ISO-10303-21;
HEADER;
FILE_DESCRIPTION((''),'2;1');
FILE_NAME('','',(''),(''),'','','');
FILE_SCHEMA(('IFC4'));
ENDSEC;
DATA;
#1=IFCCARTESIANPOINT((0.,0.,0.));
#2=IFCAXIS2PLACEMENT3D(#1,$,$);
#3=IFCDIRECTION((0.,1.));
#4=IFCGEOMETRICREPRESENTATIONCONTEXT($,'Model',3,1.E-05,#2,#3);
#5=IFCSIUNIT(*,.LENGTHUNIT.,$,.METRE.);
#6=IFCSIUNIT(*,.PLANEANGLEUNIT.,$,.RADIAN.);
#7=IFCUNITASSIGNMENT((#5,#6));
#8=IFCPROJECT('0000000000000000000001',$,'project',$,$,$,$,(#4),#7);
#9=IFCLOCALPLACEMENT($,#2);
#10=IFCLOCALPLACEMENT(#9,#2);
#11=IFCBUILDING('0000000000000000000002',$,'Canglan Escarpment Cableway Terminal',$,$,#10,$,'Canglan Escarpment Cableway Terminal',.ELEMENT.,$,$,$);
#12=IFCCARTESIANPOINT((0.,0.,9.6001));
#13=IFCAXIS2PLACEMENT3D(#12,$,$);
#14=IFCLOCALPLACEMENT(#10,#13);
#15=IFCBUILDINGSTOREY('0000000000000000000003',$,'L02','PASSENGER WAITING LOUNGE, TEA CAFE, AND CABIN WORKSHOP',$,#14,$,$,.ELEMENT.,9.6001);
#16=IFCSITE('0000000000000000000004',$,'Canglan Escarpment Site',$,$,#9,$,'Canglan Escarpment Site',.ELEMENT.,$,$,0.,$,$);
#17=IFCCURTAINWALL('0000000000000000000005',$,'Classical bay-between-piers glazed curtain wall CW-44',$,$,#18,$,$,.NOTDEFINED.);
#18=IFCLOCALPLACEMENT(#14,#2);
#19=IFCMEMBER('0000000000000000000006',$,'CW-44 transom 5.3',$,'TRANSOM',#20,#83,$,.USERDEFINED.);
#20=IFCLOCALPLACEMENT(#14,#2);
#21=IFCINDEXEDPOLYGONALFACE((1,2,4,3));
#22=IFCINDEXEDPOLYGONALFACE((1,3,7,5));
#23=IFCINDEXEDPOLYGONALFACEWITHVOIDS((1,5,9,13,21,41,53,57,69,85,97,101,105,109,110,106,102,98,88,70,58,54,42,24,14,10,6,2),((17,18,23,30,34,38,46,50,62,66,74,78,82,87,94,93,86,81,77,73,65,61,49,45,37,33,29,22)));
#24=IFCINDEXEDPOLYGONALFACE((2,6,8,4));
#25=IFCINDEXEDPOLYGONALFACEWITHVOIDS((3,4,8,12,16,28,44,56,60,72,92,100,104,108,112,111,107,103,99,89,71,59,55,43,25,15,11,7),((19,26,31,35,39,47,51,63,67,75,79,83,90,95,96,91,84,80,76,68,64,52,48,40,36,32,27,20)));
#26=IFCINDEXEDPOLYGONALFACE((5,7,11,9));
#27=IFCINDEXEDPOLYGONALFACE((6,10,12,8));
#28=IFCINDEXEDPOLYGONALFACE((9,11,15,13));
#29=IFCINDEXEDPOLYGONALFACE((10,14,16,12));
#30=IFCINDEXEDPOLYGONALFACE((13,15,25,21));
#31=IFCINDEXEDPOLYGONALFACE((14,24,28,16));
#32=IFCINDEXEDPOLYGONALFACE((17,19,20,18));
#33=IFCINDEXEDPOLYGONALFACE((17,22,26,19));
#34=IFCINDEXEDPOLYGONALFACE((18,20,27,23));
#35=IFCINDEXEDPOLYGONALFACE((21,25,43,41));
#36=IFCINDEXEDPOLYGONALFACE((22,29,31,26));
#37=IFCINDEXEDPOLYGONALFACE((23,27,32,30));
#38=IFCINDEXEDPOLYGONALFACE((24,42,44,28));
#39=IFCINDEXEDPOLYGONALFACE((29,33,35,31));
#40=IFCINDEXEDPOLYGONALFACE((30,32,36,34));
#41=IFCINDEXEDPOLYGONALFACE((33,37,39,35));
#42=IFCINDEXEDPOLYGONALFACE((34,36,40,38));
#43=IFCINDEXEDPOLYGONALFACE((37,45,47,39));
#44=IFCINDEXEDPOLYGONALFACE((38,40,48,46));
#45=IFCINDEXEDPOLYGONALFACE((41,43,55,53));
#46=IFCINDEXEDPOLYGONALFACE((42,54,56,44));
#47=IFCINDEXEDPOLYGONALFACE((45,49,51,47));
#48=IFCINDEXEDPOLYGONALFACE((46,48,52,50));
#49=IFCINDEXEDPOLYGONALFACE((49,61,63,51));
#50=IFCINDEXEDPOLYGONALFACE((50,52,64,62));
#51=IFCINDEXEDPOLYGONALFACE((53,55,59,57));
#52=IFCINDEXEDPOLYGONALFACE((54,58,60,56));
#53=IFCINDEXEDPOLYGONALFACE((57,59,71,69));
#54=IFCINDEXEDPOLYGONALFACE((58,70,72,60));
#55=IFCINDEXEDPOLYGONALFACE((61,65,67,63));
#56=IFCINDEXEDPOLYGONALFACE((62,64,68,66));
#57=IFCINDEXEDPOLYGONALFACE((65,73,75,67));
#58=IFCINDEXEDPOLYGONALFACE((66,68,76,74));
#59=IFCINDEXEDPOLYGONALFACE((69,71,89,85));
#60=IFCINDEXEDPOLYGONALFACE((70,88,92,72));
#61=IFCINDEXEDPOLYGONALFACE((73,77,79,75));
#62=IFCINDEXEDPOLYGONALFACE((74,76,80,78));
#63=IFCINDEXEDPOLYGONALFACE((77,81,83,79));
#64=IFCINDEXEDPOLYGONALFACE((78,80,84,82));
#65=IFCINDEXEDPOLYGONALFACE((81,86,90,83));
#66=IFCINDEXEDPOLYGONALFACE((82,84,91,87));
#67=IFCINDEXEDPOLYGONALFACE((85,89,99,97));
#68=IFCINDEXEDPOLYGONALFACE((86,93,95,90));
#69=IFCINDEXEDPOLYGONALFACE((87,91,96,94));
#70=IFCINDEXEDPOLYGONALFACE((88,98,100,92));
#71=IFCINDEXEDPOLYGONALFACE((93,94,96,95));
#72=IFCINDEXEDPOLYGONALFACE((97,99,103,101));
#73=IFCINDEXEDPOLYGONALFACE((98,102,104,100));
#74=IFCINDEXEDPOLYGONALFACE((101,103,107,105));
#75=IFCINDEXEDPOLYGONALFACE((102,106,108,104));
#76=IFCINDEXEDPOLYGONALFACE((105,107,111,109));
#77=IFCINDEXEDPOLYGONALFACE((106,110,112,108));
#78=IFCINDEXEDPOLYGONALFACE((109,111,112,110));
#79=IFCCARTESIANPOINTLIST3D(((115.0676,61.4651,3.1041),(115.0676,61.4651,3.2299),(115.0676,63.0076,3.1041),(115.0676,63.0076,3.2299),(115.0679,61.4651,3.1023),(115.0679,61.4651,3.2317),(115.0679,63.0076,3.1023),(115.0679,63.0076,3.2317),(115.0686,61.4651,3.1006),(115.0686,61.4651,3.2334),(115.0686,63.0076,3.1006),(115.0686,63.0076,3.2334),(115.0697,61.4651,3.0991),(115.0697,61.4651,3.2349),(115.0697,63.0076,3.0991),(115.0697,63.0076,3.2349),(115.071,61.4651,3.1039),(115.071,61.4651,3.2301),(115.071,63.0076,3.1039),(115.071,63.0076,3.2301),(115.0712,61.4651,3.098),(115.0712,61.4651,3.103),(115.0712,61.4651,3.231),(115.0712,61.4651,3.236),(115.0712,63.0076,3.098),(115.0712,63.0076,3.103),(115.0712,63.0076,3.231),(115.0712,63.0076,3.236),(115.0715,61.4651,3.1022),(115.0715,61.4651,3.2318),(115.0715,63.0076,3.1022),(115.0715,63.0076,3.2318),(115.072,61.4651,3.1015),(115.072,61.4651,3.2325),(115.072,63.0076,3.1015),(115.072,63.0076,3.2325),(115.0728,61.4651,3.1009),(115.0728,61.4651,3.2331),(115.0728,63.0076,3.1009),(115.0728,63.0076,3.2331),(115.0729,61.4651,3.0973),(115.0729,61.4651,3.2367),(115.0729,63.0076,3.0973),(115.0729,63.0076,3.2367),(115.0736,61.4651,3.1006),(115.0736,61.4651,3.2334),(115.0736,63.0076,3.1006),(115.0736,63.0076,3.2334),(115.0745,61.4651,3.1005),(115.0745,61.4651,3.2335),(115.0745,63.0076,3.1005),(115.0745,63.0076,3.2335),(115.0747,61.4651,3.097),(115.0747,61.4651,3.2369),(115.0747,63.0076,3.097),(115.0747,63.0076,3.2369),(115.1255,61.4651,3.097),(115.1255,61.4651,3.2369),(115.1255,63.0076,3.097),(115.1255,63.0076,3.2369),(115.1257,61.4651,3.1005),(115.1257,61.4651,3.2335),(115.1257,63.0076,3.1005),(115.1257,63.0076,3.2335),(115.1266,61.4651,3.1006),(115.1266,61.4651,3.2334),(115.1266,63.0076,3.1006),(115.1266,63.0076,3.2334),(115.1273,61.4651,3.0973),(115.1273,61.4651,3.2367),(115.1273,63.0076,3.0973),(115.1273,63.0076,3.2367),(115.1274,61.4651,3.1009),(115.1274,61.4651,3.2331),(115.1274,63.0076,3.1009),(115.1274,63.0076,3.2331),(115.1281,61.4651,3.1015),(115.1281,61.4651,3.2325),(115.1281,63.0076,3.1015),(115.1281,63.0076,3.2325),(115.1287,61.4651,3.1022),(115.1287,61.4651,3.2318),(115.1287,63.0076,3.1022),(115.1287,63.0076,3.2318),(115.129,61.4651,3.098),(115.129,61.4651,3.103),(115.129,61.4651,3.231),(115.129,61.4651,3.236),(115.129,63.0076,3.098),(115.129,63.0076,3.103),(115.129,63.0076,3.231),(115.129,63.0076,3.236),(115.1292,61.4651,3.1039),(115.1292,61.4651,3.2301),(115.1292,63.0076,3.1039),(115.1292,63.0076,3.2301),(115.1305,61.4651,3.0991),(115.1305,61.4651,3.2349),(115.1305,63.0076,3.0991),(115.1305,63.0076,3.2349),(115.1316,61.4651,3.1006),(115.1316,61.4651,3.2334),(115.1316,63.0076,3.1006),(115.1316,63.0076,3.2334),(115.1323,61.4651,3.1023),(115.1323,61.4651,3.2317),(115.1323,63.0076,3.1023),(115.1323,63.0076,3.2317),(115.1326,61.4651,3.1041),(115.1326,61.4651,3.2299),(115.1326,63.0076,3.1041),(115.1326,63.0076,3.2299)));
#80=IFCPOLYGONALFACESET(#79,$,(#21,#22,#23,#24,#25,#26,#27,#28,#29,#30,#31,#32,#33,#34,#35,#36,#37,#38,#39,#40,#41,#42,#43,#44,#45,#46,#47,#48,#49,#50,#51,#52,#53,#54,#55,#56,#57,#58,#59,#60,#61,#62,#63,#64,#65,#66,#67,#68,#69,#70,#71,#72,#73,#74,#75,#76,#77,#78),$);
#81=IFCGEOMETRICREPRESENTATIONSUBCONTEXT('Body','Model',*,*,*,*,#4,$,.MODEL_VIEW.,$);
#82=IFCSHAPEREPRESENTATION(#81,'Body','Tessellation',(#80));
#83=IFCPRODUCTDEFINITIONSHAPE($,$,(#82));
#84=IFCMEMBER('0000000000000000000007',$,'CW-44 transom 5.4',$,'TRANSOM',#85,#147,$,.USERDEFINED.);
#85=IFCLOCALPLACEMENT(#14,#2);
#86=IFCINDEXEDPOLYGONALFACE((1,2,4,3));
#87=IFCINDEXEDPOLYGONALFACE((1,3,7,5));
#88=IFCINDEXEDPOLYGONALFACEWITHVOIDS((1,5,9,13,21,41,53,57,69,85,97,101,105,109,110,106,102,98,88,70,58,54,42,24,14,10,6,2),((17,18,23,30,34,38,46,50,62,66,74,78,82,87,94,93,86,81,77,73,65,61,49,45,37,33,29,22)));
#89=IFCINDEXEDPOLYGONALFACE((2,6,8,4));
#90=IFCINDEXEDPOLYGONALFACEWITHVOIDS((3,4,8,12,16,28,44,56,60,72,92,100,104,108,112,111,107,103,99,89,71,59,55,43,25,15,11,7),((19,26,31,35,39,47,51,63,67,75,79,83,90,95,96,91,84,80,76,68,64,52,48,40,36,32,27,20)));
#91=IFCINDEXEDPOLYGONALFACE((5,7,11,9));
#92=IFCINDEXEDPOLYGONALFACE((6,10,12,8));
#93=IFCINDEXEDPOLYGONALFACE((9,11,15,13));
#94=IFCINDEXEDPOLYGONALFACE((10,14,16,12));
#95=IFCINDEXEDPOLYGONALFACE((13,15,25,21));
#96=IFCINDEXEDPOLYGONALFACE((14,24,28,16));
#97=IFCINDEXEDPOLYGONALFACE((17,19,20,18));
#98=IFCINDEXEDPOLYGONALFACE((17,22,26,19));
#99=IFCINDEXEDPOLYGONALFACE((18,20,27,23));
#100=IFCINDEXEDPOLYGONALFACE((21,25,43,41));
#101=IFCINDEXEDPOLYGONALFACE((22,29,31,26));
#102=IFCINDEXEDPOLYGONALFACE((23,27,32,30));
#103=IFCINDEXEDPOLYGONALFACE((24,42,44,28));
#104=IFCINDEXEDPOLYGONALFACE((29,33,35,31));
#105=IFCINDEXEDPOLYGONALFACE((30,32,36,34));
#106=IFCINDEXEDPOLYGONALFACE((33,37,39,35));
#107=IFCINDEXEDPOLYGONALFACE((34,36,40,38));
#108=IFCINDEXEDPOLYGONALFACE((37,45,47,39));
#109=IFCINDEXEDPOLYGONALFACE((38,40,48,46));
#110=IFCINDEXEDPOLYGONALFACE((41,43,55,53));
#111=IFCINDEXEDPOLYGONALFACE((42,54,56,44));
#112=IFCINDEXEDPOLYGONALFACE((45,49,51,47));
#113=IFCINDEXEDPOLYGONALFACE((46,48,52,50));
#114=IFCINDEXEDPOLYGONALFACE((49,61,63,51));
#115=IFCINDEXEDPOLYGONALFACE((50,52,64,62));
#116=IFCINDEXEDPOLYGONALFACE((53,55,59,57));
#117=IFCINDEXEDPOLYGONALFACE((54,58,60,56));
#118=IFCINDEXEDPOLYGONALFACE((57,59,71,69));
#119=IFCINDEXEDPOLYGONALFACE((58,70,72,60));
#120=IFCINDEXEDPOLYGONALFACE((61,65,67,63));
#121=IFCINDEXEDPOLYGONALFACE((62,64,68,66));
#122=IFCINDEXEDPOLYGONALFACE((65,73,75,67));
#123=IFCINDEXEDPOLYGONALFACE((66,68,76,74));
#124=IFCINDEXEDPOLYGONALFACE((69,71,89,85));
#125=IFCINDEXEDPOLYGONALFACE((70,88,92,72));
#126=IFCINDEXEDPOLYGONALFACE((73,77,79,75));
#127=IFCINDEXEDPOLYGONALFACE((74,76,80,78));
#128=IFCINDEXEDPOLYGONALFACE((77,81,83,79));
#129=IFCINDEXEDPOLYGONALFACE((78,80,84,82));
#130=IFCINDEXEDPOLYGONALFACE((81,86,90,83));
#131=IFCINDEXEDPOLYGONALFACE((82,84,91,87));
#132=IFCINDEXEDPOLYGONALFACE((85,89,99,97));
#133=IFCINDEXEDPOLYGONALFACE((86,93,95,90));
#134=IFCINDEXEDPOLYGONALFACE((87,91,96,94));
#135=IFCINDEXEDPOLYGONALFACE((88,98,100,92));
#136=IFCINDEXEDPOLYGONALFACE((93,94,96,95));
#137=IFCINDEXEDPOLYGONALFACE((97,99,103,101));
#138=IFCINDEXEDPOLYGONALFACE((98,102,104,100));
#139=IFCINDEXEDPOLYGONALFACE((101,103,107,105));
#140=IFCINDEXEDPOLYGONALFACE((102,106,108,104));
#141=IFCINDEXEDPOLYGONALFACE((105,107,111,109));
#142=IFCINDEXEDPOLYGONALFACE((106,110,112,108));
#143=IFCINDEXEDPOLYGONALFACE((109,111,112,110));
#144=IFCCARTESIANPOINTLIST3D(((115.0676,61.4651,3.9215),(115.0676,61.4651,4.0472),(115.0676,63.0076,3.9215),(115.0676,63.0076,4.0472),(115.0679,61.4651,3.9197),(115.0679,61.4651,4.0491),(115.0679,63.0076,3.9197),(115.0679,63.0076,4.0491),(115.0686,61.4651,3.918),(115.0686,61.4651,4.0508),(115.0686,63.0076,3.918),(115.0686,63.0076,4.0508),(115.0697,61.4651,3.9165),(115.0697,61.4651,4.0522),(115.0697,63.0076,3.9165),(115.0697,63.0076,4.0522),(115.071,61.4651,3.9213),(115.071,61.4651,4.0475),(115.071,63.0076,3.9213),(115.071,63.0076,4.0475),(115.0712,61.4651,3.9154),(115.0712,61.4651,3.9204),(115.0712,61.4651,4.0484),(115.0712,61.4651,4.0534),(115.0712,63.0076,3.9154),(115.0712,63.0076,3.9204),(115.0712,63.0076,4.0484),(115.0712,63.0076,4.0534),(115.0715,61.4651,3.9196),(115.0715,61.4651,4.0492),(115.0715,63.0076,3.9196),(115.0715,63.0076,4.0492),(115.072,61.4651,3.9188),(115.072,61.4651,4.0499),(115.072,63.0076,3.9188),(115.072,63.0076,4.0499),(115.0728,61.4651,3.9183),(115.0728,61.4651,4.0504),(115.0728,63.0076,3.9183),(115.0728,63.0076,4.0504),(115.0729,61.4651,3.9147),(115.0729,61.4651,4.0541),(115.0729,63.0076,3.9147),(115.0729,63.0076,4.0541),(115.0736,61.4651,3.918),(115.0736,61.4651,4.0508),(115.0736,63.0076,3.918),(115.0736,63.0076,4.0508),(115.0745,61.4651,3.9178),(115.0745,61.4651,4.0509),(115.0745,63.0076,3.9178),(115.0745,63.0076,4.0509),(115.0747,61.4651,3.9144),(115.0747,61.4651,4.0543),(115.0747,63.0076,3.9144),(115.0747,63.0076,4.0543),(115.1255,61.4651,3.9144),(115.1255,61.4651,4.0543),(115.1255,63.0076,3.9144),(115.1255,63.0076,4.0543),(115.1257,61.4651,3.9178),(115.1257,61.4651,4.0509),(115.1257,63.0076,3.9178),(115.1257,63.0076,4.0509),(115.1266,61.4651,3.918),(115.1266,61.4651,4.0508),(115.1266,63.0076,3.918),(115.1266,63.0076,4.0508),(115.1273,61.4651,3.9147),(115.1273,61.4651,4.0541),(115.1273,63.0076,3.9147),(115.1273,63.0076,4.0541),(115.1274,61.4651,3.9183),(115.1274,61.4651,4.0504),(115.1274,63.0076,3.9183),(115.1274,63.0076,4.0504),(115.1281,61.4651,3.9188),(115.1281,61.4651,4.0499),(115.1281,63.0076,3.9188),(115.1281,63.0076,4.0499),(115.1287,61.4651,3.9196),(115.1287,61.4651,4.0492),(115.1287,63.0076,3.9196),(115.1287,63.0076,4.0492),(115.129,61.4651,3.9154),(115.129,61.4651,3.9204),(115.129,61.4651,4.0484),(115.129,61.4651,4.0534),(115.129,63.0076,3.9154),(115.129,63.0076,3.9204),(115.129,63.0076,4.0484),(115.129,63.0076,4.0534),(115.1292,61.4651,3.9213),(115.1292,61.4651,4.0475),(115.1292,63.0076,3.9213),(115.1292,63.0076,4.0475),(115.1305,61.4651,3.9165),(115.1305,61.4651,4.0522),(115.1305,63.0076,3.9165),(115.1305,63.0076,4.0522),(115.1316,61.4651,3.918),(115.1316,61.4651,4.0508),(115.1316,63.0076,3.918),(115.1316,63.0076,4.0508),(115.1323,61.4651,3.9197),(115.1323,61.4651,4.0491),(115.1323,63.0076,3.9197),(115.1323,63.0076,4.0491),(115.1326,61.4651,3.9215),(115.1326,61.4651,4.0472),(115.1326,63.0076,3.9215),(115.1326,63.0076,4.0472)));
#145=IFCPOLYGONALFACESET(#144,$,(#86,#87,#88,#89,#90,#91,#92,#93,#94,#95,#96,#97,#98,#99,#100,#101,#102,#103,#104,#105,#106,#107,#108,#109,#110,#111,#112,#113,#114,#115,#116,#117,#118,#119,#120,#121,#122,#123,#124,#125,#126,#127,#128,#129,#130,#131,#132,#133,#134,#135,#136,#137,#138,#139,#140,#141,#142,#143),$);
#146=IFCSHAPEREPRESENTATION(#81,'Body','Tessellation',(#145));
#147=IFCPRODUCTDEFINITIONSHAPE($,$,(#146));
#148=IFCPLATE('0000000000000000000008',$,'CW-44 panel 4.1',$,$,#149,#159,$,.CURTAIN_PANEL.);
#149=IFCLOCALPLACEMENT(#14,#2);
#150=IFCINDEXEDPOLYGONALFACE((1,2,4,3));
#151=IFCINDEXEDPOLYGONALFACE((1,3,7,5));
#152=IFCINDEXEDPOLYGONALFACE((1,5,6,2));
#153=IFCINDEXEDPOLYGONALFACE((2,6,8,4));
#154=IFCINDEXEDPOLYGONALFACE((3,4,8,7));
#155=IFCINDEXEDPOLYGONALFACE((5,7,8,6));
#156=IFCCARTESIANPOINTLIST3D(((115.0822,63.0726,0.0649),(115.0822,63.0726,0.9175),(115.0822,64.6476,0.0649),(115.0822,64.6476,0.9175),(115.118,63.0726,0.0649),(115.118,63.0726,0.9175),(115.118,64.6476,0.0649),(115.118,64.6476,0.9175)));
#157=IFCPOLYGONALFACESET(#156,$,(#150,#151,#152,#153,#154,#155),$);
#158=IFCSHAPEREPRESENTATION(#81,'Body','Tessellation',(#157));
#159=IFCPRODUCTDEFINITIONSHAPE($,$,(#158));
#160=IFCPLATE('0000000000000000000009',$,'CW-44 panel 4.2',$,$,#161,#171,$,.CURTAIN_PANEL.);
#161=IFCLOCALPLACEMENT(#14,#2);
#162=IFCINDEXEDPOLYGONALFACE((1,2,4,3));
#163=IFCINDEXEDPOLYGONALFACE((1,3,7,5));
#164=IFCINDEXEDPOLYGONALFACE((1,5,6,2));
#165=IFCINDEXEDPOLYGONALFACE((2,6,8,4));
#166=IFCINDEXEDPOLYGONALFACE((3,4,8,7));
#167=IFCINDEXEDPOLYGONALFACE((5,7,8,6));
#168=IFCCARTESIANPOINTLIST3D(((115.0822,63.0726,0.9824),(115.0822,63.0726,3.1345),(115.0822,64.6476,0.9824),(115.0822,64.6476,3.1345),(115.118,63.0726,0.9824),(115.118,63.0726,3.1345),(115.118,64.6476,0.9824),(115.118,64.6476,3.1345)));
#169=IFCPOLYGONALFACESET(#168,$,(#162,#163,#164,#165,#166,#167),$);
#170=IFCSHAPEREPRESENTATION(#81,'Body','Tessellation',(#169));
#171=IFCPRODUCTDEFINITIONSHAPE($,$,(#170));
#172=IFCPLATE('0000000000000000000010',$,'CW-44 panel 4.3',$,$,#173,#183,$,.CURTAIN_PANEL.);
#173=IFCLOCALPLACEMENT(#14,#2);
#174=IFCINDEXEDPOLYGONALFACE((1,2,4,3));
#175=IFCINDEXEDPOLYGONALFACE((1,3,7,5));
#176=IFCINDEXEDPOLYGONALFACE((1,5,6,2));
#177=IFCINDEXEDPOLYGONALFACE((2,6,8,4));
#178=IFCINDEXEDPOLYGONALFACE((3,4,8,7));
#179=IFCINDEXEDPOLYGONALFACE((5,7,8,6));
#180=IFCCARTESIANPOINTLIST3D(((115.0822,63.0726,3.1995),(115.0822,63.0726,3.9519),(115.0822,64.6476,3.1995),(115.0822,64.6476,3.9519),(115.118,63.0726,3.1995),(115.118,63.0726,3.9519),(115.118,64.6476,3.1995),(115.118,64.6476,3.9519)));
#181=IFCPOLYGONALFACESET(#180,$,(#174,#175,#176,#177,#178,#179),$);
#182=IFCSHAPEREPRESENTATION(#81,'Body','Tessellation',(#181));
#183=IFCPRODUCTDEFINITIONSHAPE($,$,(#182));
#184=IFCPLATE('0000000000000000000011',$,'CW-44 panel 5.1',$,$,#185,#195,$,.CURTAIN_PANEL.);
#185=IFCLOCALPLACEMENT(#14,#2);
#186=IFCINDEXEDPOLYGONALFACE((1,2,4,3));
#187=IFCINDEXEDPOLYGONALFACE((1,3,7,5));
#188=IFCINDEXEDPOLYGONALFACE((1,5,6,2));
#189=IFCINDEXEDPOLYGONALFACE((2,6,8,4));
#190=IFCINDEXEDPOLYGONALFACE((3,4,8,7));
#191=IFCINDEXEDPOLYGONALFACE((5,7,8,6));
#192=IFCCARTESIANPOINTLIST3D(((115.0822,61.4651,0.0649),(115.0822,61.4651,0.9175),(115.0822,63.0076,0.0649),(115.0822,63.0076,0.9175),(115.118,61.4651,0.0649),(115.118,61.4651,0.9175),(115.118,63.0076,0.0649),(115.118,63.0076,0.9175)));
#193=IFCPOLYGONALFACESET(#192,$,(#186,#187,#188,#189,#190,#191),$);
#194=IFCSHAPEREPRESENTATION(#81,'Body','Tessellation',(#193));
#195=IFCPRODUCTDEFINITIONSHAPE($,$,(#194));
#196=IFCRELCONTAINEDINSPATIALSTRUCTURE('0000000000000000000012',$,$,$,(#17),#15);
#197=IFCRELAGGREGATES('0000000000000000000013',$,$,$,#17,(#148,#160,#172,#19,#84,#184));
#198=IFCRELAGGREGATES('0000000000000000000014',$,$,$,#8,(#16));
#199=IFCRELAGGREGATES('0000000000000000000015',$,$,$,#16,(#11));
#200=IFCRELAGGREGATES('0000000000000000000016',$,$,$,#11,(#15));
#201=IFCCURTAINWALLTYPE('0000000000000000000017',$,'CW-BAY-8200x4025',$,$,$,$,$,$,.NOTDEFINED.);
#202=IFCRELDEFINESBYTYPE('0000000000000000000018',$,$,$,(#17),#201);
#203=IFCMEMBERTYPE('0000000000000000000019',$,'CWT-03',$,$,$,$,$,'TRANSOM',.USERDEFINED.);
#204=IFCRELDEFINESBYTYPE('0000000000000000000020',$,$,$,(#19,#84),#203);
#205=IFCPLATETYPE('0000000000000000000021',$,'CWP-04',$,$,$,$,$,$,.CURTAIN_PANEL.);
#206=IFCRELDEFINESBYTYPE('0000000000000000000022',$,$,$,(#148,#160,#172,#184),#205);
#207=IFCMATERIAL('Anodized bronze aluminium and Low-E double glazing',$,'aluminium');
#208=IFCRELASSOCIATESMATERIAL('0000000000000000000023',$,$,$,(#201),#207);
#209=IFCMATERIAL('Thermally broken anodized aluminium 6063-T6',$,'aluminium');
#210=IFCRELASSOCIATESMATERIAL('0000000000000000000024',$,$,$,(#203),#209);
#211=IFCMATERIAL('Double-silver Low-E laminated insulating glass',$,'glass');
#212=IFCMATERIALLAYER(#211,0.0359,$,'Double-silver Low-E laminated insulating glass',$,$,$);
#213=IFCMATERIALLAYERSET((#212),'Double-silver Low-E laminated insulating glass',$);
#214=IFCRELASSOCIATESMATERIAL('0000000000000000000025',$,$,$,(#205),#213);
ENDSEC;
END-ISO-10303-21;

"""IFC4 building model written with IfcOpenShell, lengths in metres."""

from ifc_helpers import new_model, si_unit, direction, frame, origin, origin_2d, place, context, subcontext, project, spatial, rectangle, hollow_rectangle, extrude, material, layer, layer_set, material_profile, profile_set, type_object, element, aggregate, save


model = new_model("IFC4")

# Units and contexts
model_context = context("Model", 3, precision=1e-05, world=origin(), true_north=direction((0.0, 1.0)))
body_context = subcontext(model_context, "Body", "Model", "MODEL_VIEW")
ifc_project = project(units=[si_unit("LENGTHUNIT", "METRE"), si_unit("PLANEANGLEUNIT", "RADIAN")], contexts=[model_context])

# Site, building, storey
site_placement = place(None, origin())
site = spatial("IfcSite", under=ifc_project, at=site_placement, Name="Canglan Escarpment Site", LongName="Canglan Escarpment Site", CompositionType="ELEMENT", RefElevation=0.0)
building_placement = place(site_placement, origin())
building = spatial("IfcBuilding", under=site, at=building_placement, Name="Canglan Escarpment Cableway Terminal", LongName="Canglan Escarpment Cableway Terminal", CompositionType="ELEMENT")
storey_placement = place(building_placement, frame((0.0, 0.0, 9.6001)))
storey = spatial("IfcBuildingStorey", under=building, at=storey_placement, Name="L02", Description="PASSENGER WAITING LOUNGE, TEA CAFE, AND CABIN WORKSHOP", CompositionType="ELEMENT", Elevation=9.6001)

# Shared definitions
ifc_material_1 = material(Name="Anodized bronze aluminium and Low-E double glazing", Category="aluminium")
curtain_wall_type = type_object("IfcCurtainWallType", Name="CW-BAY-8200x4025", PredefinedType="NOTDEFINED", material=ifc_material_1)
ifc_material_2 = material(Name="Thermally broken anodized aluminium 6063-T6", Category="aluminium")

# Curtain wall
curtain_wall_1_placement = place(storey_placement, origin())
curtain_wall_1 = element("IfcCurtainWall", 1, at=curtain_wall_1_placement, inside=storey, type_object=curtain_wall_type, Name="Classical bay-between-piers glazed curtain wall CW-44", PredefinedType="NOTDEFINED")

# Members
ifc_material_profile_1 = material_profile(ifc_material_2, hollow_rectangle(XDim=0.0649, YDim=0.1399, WallThickness=0.0034, InnerFilletRadius=0.0034, OuterFilletRadius=0.0071, at=origin_2d()), Name="ALU-TRAN 65x140x3.5")
ifc_profile_set_1 = profile_set([ifc_material_profile_1], Name="Thermally broken anodized aluminium 6063-T6")
member_type_1 = type_object("IfcMemberType", Name="CWT-03", ElementType="TRANSOM", PredefinedType="USERDEFINED", material=ifc_profile_set_1)
member_1_placement = place(storey_placement, frame((115.1001, 63.0076, 3.167), z_axis=(0.0, -1.0, 0.0), x_axis=(1.0, 0.0, 0.0)))
member_1 = element("IfcMember", 2, at=member_1_placement, type_object=member_type_1, Name="CW-44 transom 5.3", ObjectType="TRANSOM", PredefinedType="USERDEFINED", context=body_context, shape_type="SweptSolid", body=[
    extrude(hollow_rectangle(XDim=0.0649, YDim=0.1399, WallThickness=0.0034, InnerFilletRadius=0.0034, OuterFilletRadius=0.0071, at=origin_2d()), origin(), (0.0, 0.0, 1.0), 1.5425),
])
member_2_placement = place(storey_placement, frame((115.1001, 63.0076, 3.9844), z_axis=(0.0, -1.0, 0.0), x_axis=(1.0, 0.0, 0.0)))
member_2 = element("IfcMember", 3, at=member_2_placement, type_object=member_type_1, Name="CW-44 transom 5.4", ObjectType="TRANSOM", PredefinedType="USERDEFINED", context=body_context, shape_type="SweptSolid", body=[
    extrude(hollow_rectangle(XDim=0.0649, YDim=0.1399, WallThickness=0.0034, InnerFilletRadius=0.0034, OuterFilletRadius=0.0071, at=origin_2d()), origin(), (0.0, 0.0, 1.0), 1.5425),
])

# Plates
ifc_material_3 = material(Name="Double-silver Low-E laminated insulating glass", Category="glass")
ifc_layer_1 = layer(ifc_material_3, 0.0359, Name="Double-silver Low-E laminated insulating glass")
ifc_layer_set_1 = layer_set([ifc_layer_1], Name="Double-silver Low-E laminated insulating glass")
plate_type = type_object("IfcPlateType", Name="CWP-04", PredefinedType="CURTAIN_PANEL", material=ifc_layer_set_1)
plate_1_placement = place(storey_placement, frame((115.1001, 63.8601, 0.0649), z_axis=(0.0, 0.0, 1.0), x_axis=(0.0, -1.0, 0.0)))
plate_1 = element("IfcPlate", 4, at=plate_1_placement, type_object=plate_type, Name="CW-44 panel 4.1", PredefinedType="CURTAIN_PANEL", context=body_context, shape_type="SweptSolid", body=[
    extrude(rectangle(XDim=1.575, YDim=0.0359, at=origin_2d()), origin(), (0.0, 0.0, 1.0), 0.8525),
])
plate_2_placement = place(storey_placement, frame((115.1001, 63.8601, 0.9824), z_axis=(0.0, 0.0, 1.0), x_axis=(0.0, -1.0, 0.0)))
plate_2 = element("IfcPlate", 5, at=plate_2_placement, type_object=plate_type, Name="CW-44 panel 4.2", PredefinedType="CURTAIN_PANEL", context=body_context, shape_type="SweptSolid", body=[
    extrude(rectangle(XDim=1.575, YDim=0.0359, at=origin_2d()), origin(), (0.0, 0.0, 1.0), 2.1521),
])
plate_3_placement = place(storey_placement, frame((115.1001, 63.8601, 3.1995), z_axis=(0.0, 0.0, 1.0), x_axis=(0.0, -1.0, 0.0)))
plate_3 = element("IfcPlate", 6, at=plate_3_placement, type_object=plate_type, Name="CW-44 panel 4.3", PredefinedType="CURTAIN_PANEL", context=body_context, shape_type="SweptSolid", body=[
    extrude(rectangle(XDim=1.575, YDim=0.0359, at=origin_2d()), origin(), (0.0, 0.0, 1.0), 0.7524),
])
plate_4_placement = place(storey_placement, frame((115.1001, 62.2363, 0.0649), z_axis=(0.0, 0.0, 1.0), x_axis=(0.0, -1.0, 0.0)))
plate_4 = element("IfcPlate", 7, at=plate_4_placement, type_object=plate_type, Name="CW-44 panel 5.1", PredefinedType="CURTAIN_PANEL", context=body_context, shape_type="SweptSolid", body=[
    extrude(rectangle(XDim=1.5425, YDim=0.0359, at=origin_2d()), origin(), (0.0, 0.0, 1.0), 0.8525),
])
aggregate(curtain_wall_1, [plate_1, plate_2, plate_3, member_1, member_2, plate_4])

save(model, "model.ifc")
